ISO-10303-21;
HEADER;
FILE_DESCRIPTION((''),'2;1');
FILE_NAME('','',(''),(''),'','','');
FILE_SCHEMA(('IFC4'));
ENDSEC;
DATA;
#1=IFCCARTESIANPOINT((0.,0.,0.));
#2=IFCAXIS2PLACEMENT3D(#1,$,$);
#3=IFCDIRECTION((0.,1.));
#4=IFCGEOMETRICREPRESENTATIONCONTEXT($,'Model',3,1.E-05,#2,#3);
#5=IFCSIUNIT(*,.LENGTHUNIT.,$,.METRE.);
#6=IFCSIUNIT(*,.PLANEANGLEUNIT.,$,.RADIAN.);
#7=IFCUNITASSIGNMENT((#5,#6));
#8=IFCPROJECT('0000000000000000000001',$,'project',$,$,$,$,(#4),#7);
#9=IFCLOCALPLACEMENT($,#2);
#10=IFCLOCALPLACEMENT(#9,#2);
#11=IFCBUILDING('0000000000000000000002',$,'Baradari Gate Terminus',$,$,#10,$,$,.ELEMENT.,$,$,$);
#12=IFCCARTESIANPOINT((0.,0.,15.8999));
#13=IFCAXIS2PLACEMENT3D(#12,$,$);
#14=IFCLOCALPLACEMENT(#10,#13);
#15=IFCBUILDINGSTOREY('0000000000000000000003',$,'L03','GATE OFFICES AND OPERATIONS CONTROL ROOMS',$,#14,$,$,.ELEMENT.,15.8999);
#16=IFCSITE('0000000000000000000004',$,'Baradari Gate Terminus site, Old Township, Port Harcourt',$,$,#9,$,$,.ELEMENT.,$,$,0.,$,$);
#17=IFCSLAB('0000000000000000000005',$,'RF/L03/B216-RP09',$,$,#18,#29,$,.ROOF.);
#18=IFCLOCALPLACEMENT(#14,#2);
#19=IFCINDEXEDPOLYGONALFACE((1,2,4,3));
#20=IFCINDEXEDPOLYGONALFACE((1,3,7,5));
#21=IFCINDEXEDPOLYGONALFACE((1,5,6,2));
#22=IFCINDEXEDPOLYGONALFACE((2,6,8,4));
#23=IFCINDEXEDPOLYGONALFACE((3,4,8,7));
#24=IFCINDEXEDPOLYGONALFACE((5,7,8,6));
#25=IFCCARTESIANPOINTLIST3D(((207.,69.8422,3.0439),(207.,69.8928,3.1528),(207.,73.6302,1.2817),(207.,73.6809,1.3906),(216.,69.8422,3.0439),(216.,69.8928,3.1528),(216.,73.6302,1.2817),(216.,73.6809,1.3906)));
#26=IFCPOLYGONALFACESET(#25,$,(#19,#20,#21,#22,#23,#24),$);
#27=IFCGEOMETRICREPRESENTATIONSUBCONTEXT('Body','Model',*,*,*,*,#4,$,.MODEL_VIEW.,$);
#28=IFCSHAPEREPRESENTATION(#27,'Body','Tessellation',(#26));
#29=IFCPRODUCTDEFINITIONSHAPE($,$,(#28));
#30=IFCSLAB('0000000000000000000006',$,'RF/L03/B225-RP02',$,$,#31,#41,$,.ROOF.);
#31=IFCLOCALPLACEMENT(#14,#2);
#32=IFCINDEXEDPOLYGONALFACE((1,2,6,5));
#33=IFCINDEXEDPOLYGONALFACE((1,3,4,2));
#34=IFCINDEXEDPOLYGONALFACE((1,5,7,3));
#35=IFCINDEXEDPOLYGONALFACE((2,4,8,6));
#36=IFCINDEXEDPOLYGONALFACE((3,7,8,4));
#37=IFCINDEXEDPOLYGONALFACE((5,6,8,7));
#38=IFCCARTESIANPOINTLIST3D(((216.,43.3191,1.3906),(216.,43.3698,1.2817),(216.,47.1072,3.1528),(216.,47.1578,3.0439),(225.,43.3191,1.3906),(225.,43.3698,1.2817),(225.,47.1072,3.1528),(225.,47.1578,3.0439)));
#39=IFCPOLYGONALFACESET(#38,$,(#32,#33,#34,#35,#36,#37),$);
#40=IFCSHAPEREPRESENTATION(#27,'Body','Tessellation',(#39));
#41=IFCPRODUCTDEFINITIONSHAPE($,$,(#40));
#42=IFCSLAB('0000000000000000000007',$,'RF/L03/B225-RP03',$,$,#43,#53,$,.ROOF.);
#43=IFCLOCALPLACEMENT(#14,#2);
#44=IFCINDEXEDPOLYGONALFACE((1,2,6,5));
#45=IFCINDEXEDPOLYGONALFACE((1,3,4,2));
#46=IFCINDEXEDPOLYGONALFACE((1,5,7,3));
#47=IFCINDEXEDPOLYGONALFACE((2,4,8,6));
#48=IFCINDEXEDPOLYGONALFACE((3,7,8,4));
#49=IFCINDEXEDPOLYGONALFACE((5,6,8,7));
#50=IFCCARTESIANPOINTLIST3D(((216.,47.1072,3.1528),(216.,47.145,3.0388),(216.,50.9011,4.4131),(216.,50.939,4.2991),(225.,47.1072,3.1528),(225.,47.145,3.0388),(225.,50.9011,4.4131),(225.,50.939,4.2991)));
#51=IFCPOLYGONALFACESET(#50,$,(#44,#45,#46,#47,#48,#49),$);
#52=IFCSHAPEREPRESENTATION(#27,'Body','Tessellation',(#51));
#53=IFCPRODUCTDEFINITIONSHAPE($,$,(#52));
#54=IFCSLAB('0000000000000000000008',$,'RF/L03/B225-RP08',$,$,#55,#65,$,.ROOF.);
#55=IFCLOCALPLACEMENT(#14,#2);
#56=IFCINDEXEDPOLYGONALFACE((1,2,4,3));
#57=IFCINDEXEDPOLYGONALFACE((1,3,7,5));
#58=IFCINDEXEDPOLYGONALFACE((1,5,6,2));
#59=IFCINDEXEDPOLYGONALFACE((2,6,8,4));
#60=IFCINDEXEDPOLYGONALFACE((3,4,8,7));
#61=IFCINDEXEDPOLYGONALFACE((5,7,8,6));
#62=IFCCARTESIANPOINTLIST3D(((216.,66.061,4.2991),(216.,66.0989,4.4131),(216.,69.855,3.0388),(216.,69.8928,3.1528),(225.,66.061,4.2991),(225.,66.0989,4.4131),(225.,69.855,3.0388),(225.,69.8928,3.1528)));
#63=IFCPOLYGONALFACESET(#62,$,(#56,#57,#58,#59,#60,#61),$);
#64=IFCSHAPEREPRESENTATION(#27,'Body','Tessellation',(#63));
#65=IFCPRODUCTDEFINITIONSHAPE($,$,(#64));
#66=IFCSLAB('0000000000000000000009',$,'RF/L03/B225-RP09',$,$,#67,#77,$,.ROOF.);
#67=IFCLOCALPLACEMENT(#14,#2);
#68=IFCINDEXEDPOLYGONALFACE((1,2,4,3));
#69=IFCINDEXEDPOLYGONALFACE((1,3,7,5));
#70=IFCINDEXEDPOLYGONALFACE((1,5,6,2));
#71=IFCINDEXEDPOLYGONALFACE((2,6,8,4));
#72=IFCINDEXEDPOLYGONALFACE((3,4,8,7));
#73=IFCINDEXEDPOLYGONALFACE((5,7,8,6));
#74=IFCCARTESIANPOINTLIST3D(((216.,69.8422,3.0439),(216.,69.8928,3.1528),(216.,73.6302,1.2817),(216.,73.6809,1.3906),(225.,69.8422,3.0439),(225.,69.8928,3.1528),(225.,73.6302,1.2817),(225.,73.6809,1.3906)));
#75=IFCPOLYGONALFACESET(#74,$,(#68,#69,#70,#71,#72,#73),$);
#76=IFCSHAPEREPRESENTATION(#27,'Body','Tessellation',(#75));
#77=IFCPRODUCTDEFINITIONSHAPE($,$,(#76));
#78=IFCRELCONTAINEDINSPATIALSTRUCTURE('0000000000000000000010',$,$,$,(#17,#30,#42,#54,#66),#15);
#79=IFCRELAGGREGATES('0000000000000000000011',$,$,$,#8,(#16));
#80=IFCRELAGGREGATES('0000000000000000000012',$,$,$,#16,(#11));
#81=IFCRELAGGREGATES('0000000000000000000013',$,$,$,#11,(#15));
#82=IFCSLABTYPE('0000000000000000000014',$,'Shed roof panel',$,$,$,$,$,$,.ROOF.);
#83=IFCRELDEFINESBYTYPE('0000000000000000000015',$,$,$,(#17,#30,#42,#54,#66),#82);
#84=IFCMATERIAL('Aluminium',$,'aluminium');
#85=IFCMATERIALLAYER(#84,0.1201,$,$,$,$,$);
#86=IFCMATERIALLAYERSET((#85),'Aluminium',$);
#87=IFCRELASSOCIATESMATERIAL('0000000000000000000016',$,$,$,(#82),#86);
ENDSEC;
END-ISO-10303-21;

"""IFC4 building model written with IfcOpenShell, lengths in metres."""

from ifc_helpers import new_model, si_unit, direction, frame, origin, place, context, subcontext, project, spatial, polyline, outline, extrude, material, layer, layer_set, type_object, element, save


model = new_model("IFC4")

# Units and contexts
model_context = context("Model", 3, precision=1e-05, world=origin(), true_north=direction((0.0, 1.0)))
body_context = subcontext(model_context, "Body", "Model", "MODEL_VIEW")
ifc_project = project(units=[si_unit("LENGTHUNIT", "METRE"), si_unit("PLANEANGLEUNIT", "RADIAN")], contexts=[model_context])

# Site, building, storey
site_placement = place(None, origin())
site = spatial("IfcSite", under=ifc_project, at=site_placement, Name="Baradari Gate Terminus site, Old Township, Port Harcourt", CompositionType="ELEMENT", RefElevation=0.0)
building_placement = place(site_placement, origin())
building = spatial("IfcBuilding", under=site, at=building_placement, Name="Baradari Gate Terminus", CompositionType="ELEMENT")
storey_placement = place(building_placement, frame((0.0, 0.0, 15.8999)))
storey = spatial("IfcBuildingStorey", under=building, at=storey_placement, Name="L03", Description="GATE OFFICES AND OPERATIONS CONTROL ROOMS", CompositionType="ELEMENT", Elevation=15.8999)

# Slabs
ifc_material_1 = material(Name="Aluminium", Category="aluminium")
ifc_layer = layer(ifc_material_1, 0.1201)
ifc_layer_set = layer_set([ifc_layer], Name="Aluminium")
slab_type = type_object("IfcSlabType", Name="Shed roof panel", PredefinedType="ROOF", material=ifc_layer_set)
for number, where, z_axis, x_axis, name in (
    (1, (207.0, 69.8928, 3.1528), (0.0, 0.421791, 0.906693), (1.0, 0.0, 0.0), "RF/L03/B216-RP09"),
    (2, (216.0, 43.3191, 1.3906), (0.0, -0.421791, 0.906693), (1.0, 0.0, 0.0), "RF/L03/B225-RP02"),
):
    element("IfcSlab", number, at=place(storey_placement, frame(where, z_axis=z_axis, x_axis=x_axis)), inside=storey, type_object=slab_type, Name=name, PredefinedType="ROOF", context=body_context, shape_type="SweptSolid", body=[
        extrude(outline(polyline([(0.0, 0.0), (9.0, 0.0), (9.0, 4.1779), (0.0, 4.1779), (0.0, 0.0)])), origin(), (0.0, 0.0, -1.0), 0.1201),
    ])
for number, where, z_axis, x_axis, name in (
    (3, (216.0, 47.1072, 3.1528), (0.0, -0.315238, 0.949013), (1.0, 0.0, 0.0), "RF/L03/B225-RP03"),
    (4, (216.0, 66.0989, 4.4131), (0.0, 0.315238, 0.949013), (1.0, 0.0, 0.0), "RF/L03/B225-RP08"),
):
    element("IfcSlab", number, at=place(storey_placement, frame(where, z_axis=z_axis, x_axis=x_axis)), inside=storey, type_object=slab_type, Name=name, PredefinedType="ROOF", context=body_context, shape_type="SweptSolid", body=[
        extrude(outline(polyline([(0.0, 0.0), (9.0, 0.0), (9.0, 3.9978), (0.0, 3.9978), (0.0, 0.0)])), origin(), (0.0, 0.0, -1.0), 0.1201),
    ])
slab_1_placement = place(storey_placement, frame((216.0, 69.8928, 3.1528), z_axis=(0.0, 0.421791, 0.906693), x_axis=(1.0, 0.0, 0.0)))
element("IfcSlab", 5, at=slab_1_placement, inside=storey, type_object=slab_type, Name="RF/L03/B225-RP09", PredefinedType="ROOF", context=body_context, shape_type="SweptSolid", body=[
    extrude(outline(polyline([(0.0, 0.0), (9.0, 0.0), (9.0, 4.1779), (0.0, 4.1779), (0.0, 0.0)])), origin(), (0.0, 0.0, -1.0), 0.1201),
])

save(model, "model.ifc")
